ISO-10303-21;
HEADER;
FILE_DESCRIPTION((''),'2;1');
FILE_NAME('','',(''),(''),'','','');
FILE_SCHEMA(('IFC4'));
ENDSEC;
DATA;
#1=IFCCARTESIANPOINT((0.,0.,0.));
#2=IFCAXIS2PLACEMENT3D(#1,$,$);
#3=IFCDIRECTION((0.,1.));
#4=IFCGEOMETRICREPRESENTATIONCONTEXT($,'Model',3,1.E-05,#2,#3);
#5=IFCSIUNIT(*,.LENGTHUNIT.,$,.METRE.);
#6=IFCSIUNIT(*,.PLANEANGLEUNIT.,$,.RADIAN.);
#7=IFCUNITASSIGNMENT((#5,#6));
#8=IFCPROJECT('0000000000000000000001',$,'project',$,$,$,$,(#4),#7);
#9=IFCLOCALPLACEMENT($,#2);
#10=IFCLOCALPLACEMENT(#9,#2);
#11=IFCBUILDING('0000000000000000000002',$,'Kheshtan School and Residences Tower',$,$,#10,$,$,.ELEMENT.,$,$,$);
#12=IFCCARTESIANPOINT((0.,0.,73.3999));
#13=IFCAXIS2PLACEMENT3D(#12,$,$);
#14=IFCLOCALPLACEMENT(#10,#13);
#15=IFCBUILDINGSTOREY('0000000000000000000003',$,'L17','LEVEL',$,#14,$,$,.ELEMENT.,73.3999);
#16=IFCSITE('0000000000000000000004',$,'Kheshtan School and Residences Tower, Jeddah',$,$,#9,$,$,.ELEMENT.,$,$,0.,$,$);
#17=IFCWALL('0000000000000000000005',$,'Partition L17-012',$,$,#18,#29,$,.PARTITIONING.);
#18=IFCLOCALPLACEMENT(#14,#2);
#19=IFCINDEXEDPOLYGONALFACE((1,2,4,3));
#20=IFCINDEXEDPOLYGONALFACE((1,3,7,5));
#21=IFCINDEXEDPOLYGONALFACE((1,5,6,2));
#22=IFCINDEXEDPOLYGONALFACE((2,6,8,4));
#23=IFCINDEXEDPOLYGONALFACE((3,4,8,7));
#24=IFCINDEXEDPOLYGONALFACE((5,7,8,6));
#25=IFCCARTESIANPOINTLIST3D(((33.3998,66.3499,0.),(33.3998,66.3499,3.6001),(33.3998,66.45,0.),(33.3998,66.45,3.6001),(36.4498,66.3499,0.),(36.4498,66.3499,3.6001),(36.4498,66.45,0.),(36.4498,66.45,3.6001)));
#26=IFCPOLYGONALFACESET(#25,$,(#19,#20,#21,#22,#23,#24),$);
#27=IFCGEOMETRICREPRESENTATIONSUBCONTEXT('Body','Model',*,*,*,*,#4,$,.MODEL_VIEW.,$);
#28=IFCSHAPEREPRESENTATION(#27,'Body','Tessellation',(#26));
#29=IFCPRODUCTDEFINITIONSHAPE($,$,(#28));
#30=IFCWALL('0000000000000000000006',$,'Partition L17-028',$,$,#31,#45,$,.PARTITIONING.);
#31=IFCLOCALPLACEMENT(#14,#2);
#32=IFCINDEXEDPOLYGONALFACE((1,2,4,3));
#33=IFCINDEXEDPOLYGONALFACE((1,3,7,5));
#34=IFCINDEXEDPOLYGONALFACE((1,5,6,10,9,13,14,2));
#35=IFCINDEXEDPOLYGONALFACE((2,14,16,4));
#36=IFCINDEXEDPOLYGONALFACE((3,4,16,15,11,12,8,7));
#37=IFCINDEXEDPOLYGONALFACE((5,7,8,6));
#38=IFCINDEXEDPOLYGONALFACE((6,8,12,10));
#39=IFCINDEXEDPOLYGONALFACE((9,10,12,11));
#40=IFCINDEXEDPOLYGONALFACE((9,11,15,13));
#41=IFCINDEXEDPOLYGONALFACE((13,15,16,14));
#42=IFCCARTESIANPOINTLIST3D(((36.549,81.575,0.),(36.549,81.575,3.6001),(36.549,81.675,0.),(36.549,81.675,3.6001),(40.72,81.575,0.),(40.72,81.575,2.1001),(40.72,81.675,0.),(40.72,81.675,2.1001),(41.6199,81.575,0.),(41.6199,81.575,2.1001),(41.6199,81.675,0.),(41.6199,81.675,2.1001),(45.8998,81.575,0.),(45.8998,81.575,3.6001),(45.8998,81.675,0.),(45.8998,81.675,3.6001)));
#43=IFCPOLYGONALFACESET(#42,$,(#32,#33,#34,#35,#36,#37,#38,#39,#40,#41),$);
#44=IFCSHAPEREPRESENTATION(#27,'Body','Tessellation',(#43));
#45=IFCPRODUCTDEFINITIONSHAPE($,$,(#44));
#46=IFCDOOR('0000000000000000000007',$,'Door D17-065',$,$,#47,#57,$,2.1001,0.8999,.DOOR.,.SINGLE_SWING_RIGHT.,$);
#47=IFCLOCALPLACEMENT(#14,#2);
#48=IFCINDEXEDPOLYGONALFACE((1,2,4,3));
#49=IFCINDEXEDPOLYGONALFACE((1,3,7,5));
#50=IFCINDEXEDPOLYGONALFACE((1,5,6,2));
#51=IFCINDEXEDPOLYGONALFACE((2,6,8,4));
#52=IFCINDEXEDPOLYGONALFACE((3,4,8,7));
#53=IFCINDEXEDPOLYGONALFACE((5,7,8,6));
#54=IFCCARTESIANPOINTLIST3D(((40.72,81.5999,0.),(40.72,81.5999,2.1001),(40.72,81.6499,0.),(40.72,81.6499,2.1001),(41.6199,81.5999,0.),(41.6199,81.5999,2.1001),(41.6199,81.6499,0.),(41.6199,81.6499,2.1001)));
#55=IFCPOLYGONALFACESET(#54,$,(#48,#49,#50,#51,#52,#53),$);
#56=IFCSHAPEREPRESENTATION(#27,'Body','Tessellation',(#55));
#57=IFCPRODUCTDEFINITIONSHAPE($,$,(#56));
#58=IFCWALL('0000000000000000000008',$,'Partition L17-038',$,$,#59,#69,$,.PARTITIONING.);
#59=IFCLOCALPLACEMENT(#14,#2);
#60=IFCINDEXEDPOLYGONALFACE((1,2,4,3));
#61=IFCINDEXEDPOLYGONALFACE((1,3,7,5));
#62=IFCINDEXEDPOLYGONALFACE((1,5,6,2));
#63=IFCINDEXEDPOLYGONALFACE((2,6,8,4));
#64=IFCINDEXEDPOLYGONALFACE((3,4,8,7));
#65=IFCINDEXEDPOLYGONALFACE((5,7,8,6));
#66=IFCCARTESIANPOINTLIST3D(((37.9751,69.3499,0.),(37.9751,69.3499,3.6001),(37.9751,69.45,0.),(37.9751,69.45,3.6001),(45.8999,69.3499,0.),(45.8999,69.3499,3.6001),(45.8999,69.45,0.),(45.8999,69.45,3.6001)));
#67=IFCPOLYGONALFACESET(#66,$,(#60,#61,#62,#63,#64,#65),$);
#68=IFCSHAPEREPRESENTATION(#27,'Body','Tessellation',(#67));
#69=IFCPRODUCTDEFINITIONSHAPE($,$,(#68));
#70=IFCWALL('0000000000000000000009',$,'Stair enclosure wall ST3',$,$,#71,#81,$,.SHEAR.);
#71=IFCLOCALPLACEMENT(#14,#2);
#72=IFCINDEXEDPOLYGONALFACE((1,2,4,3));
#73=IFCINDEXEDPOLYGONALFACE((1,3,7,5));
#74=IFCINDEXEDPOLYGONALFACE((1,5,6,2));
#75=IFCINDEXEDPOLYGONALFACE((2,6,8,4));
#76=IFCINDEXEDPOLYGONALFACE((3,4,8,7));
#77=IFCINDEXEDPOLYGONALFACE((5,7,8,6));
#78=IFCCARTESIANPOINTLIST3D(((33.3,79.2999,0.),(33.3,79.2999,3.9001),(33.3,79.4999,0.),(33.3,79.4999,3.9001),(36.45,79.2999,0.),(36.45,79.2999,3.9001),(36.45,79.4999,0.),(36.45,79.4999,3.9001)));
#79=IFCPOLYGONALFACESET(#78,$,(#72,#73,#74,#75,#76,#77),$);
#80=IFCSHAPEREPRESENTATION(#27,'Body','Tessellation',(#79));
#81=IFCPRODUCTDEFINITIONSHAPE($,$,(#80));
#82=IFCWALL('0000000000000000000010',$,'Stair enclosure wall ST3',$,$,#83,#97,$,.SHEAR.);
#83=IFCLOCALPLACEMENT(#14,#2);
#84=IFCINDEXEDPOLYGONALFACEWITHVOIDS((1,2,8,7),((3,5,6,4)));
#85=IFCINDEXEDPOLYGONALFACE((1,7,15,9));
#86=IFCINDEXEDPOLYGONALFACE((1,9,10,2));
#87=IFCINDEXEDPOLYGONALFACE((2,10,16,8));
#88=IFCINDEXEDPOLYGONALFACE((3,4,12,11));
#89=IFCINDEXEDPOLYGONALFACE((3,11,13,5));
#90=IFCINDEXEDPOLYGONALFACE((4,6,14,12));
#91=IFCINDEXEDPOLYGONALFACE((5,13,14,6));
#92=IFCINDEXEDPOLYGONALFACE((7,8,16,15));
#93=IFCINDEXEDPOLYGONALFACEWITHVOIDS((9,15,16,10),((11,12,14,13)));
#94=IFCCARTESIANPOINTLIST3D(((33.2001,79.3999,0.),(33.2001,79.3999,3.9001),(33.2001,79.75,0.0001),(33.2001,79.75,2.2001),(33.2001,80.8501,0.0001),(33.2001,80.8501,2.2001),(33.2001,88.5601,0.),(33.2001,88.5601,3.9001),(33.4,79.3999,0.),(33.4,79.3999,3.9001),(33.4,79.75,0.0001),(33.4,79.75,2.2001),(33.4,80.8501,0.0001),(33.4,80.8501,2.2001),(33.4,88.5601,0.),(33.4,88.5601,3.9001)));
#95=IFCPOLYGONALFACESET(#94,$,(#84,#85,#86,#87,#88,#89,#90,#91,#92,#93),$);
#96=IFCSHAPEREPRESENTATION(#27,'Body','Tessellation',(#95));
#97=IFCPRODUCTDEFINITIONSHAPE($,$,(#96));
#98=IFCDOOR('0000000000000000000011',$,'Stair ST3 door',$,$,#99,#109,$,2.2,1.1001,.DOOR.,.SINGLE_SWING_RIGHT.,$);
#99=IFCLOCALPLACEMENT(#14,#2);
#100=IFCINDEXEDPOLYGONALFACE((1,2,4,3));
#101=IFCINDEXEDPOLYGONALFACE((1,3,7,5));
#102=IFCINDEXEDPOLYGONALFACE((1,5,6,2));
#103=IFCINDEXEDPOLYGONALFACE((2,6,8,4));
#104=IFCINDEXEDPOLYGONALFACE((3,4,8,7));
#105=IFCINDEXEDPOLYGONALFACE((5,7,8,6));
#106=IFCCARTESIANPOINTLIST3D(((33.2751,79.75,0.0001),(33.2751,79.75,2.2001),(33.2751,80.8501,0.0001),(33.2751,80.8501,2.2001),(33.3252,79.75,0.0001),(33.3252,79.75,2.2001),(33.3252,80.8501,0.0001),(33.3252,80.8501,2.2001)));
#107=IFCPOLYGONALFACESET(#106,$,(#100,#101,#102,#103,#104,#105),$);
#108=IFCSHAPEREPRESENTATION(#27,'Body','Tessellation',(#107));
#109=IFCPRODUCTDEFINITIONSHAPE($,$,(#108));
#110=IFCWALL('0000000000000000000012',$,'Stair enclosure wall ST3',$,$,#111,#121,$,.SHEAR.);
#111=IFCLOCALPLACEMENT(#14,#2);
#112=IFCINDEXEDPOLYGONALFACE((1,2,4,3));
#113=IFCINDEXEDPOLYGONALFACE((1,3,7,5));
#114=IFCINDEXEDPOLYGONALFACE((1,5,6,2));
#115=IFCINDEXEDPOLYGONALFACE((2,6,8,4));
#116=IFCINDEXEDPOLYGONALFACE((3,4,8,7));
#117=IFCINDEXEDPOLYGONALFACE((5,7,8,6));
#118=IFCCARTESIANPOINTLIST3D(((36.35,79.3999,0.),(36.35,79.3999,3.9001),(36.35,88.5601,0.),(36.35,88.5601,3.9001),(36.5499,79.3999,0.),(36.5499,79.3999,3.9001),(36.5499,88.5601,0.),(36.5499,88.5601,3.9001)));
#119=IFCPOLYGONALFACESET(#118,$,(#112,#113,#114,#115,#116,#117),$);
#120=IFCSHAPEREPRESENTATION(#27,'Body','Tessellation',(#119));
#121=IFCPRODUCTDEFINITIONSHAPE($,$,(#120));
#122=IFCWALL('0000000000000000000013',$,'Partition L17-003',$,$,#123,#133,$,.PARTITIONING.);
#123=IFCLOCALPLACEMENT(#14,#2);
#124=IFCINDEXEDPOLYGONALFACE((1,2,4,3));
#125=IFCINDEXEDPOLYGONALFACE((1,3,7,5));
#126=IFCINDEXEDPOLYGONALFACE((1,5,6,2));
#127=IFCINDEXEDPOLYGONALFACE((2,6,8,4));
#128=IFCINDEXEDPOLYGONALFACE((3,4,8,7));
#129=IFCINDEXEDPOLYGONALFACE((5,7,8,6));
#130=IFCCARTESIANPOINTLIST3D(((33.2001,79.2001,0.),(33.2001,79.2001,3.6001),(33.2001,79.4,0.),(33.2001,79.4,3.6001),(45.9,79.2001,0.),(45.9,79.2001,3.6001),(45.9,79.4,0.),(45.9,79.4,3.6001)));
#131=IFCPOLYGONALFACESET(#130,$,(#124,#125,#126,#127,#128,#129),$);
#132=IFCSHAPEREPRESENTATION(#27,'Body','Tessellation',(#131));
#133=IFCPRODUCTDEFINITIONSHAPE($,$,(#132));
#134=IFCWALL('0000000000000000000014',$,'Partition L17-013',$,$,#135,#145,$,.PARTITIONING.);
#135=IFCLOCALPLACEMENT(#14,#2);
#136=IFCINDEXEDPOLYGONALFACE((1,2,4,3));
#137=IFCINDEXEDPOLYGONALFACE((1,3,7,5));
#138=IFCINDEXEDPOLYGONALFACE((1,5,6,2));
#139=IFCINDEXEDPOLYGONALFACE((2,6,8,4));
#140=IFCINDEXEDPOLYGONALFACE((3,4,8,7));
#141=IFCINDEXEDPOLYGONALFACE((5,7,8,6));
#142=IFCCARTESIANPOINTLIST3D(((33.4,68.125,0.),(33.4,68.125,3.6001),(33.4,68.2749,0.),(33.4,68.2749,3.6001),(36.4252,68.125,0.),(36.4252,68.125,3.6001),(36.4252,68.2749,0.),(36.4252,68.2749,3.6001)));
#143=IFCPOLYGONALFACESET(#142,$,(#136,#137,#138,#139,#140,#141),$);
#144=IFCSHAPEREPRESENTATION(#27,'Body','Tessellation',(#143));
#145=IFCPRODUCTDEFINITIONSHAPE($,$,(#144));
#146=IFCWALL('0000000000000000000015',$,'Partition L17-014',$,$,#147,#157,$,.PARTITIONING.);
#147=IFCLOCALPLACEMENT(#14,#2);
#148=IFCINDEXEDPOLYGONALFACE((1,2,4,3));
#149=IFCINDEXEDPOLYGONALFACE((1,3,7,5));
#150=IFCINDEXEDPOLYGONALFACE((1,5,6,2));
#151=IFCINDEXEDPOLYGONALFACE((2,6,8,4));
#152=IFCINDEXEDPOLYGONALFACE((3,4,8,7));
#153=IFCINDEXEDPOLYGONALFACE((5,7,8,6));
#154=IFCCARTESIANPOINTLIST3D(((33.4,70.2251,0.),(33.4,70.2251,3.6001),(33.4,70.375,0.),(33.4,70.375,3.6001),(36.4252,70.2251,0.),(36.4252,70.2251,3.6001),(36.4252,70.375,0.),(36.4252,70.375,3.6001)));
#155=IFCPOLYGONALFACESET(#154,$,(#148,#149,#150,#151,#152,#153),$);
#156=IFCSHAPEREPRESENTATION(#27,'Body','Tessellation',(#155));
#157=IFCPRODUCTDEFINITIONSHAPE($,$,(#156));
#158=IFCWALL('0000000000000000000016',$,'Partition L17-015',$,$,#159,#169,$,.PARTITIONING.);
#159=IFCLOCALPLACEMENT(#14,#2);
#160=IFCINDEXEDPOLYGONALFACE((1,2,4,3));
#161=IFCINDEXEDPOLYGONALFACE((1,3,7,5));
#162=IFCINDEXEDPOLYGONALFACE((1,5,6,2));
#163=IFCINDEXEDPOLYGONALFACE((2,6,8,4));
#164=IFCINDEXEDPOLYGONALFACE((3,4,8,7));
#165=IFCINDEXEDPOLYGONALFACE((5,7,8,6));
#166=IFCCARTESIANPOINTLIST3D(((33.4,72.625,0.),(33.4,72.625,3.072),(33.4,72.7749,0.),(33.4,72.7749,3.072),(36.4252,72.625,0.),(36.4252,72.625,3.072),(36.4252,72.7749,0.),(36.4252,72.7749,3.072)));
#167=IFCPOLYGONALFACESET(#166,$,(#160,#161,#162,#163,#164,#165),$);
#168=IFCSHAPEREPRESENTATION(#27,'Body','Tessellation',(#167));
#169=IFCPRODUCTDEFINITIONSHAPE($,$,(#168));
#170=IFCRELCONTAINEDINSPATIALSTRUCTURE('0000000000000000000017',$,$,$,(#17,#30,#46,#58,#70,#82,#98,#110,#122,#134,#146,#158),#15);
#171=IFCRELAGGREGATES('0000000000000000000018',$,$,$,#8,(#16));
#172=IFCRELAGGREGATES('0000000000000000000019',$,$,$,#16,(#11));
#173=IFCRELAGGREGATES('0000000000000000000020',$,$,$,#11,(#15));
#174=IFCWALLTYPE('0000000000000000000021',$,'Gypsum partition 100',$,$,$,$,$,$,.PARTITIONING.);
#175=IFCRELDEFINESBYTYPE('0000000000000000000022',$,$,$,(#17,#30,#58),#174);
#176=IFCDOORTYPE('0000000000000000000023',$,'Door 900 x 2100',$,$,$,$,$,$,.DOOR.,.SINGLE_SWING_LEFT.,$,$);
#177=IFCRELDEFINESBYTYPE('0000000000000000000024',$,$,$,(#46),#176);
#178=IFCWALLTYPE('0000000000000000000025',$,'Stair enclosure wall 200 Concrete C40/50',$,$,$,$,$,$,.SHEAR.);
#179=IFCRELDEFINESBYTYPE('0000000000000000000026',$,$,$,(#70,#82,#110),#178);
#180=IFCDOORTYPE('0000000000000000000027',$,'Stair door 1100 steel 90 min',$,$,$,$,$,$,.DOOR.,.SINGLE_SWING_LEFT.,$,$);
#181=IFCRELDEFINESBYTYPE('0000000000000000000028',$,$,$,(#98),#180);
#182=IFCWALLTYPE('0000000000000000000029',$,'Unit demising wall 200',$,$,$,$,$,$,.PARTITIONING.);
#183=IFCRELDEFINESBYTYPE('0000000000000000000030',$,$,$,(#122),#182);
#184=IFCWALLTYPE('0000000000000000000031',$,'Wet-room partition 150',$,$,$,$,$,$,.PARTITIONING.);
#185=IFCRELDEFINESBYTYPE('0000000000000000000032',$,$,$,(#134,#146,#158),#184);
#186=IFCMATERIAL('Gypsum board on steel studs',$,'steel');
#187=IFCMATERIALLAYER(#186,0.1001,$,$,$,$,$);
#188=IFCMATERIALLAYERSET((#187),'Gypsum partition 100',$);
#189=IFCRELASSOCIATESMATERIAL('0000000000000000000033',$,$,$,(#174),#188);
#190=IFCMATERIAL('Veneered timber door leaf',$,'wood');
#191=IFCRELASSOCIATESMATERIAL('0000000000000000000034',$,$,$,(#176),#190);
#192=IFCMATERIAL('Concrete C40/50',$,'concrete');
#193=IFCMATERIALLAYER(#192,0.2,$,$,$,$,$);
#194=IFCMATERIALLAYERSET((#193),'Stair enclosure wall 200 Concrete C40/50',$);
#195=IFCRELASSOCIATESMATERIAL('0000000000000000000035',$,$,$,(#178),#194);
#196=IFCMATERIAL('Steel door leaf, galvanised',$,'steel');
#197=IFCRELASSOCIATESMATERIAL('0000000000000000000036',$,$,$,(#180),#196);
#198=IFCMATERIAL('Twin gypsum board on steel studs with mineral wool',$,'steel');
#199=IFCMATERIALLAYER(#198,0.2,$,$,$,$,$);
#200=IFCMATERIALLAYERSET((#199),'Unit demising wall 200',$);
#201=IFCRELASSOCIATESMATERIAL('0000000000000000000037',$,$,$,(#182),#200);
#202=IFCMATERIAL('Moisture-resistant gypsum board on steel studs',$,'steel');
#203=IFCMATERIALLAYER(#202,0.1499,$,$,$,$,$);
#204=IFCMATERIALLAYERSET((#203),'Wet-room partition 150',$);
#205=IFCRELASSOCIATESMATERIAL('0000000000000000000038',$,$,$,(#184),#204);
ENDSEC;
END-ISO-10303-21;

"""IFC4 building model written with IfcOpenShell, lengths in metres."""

from ifc_helpers import new_model, si_unit, direction, frame, frame_2d, origin, place, context, subcontext, project, spatial, rectangle, extrude, source, transform, mapped, material, layer, layer_set, type_object, element, fill, save


model = new_model("IFC4")

# Units and contexts
model_context = context("Model", 3, precision=1e-05, world=origin(), true_north=direction((0.0, 1.0)))
body_context = subcontext(model_context, "Body", "Model", "MODEL_VIEW")
ifc_project = project(units=[si_unit("LENGTHUNIT", "METRE"), si_unit("PLANEANGLEUNIT", "RADIAN")], contexts=[model_context])

# Site, building, storey
site_placement = place(None, origin())
site = spatial("IfcSite", under=ifc_project, at=site_placement, Name="Kheshtan School and Residences Tower, Jeddah", CompositionType="ELEMENT", RefElevation=0.0)
building_placement = place(site_placement, origin())
building = spatial("IfcBuilding", under=site, at=building_placement, Name="Kheshtan School and Residences Tower", CompositionType="ELEMENT")
storey_placement = place(building_placement, frame((0.0, 0.0, 73.3999)))
storey = spatial("IfcBuildingStorey", under=building, at=storey_placement, Name="L17", Description="LEVEL", CompositionType="ELEMENT", Elevation=73.3999)

# Wall
ifc_material_1 = material(Name="Gypsum board on steel studs", Category="steel")
ifc_layer_1 = layer(ifc_material_1, 0.1001)
ifc_layer_set_1 = layer_set([ifc_layer_1], Name="Gypsum partition 100")
wall_type_1 = type_object("IfcWallType", Name="Gypsum partition 100", PredefinedType="PARTITIONING", material=ifc_layer_set_1)
wall_1_placement = place(storey_placement, frame((33.3999, 66.3999, 0.0), z_axis=(0.0, 0.0, 1.0), x_axis=(1.0, 0.0, 0.0)))
element("IfcWall", 1, at=wall_1_placement, inside=storey, type_object=wall_type_1, Name="Partition L17-012", PredefinedType="PARTITIONING", context=body_context, shape_type="SweptSolid", body=[
    extrude(rectangle(XDim=3.05, YDim=0.1001, at=frame_2d((1.5249, 0.0))), origin(), (0.0, 0.0, 1.0), 3.6001),
])

# Wall, opening, door
wall_2_placement = place(storey_placement, frame((36.5491, 81.625, 0.0), z_axis=(0.0, 0.0, 1.0), x_axis=(1.0, 0.0, 0.0)))
wall_2 = element("IfcWall", 2, at=wall_2_placement, inside=storey, type_object=wall_type_1, Name="Partition L17-028", PredefinedType="PARTITIONING", context=body_context, shape_type="SweptSolid", body=[
    extrude(rectangle(XDim=9.3508, YDim=0.1001, at=frame_2d((4.6753, 0.0))), origin(), (0.0, 0.0, 1.0), 3.6001),
])
opening_1_placement = place(wall_2_placement, frame((4.1709, 0.0, 0.0)))
opening_1 = element("IfcOpeningElement", 3, at=opening_1_placement, cuts=wall_2, PredefinedType="OPENING", context=body_context, shape_type="SweptSolid", body=[
    extrude(rectangle(XDim=0.8999, YDim=2.1001, at=frame_2d((0.45, 1.05))), frame((0.0, 0.0601, 0.0), z_axis=(0.0, -1.0, 0.0), x_axis=(1.0, 0.0, 0.0)), (0.0, 0.0, 1.0), 0.1201),
])
ifc_material_2 = material(Name="Veneered timber door leaf", Category="wood")
door_type_1 = type_object("IfcDoorType", Name="Door 900 x 2100", OperationType="SINGLE_SWING_LEFT", PredefinedType="DOOR", material=ifc_material_2)
shared_shape_1 = source(origin(), body_context, "Body", "SweptSolid", [
    extrude(rectangle(XDim=0.8999, YDim=2.1001, at=frame_2d((0.45, 1.05))), frame((0.0, 0.0249, 0.0), z_axis=(0.0, -1.0, 0.0), x_axis=(1.0, 0.0, 0.0)), (0.0, 0.0, 1.0), 0.05),
])
door_1_placement = place(opening_1_placement, origin())
door_1 = element("IfcDoor", 4, at=door_1_placement, inside=storey, type_object=door_type_1, Name="Door D17-065", OperationType="SINGLE_SWING_RIGHT", OverallHeight=2.1001, OverallWidth=0.8999, PredefinedType="DOOR", context=body_context, shape_type="MappedRepresentation", body=[
    mapped(shared_shape_1, transform((0.0, 0.0, 0.0), x_axis=(1.0, 0.0, 0.0), y_axis=(0.0, 1.0, 0.0), z_axis=(0.0, 0.0, 1.0), scale=1.0)),
])
fill(opening_1, door_1)

# Walls
wall_3_placement = place(storey_placement, frame((37.9751, 69.3999, 0.0), z_axis=(0.0, 0.0, 1.0), x_axis=(1.0, 0.0, 0.0)))
element("IfcWall", 5, at=wall_3_placement, inside=storey, type_object=wall_type_1, Name="Partition L17-038", PredefinedType="PARTITIONING", context=body_context, shape_type="SweptSolid", body=[
    extrude(rectangle(XDim=7.9248, YDim=0.1001, at=frame_2d((3.9624, 0.0))), origin(), (0.0, 0.0, 1.0), 3.6001),
])
ifc_material_3 = material(Name="Concrete C40/50", Category="concrete")
ifc_layer_2 = layer(ifc_material_3, 0.2)
ifc_layer_set_2 = layer_set([ifc_layer_2], Name="Stair enclosure wall 200 Concrete C40/50")
wall_type_2 = type_object("IfcWallType", Name="Stair enclosure wall 200 Concrete C40/50", PredefinedType="SHEAR", material=ifc_layer_set_2)
wall_4_placement = place(storey_placement, frame((33.3, 79.3999, 0.0), z_axis=(0.0, 0.0, 1.0), x_axis=(1.0, 0.0, 0.0)))
element("IfcWall", 6, at=wall_4_placement, inside=storey, type_object=wall_type_2, Name="Stair enclosure wall ST3", PredefinedType="SHEAR", context=body_context, shape_type="SweptSolid", body=[
    extrude(rectangle(XDim=3.1499, YDim=0.2, at=frame_2d((1.575, 0.0))), origin(), (0.0, 0.0, 1.0), 3.9001),
])

# Wall, opening, door
wall_5_placement = place(storey_placement, frame((33.3, 79.3999, 0.0), z_axis=(0.0, 0.0, 1.0), x_axis=(0.0, 1.0, 0.0)))
wall_5 = element("IfcWall", 7, at=wall_5_placement, inside=storey, type_object=wall_type_2, Name="Stair enclosure wall ST3", PredefinedType="SHEAR", context=body_context, shape_type="SweptSolid", body=[
    extrude(rectangle(XDim=9.1602, YDim=0.2, at=frame_2d((4.5801, 0.0))), origin(), (0.0, 0.0, 1.0), 3.9001),
])
opening_2_placement = place(wall_5_placement, frame((0.3501, 0.0, 0.0)))
opening_2 = element("IfcOpeningElement", 8, at=opening_2_placement, cuts=wall_5, PredefinedType="OPENING", context=body_context, shape_type="SweptSolid", body=[
    extrude(rectangle(XDim=1.1001, YDim=2.2, at=frame_2d((0.55, 1.1001))), frame((0.0, 0.1099, 0.0), z_axis=(0.0, -1.0, 0.0), x_axis=(1.0, 0.0, 0.0)), (0.0, 0.0, 1.0), 0.22),
])
ifc_material_4 = material(Name="Steel door leaf, galvanised", Category="steel")
door_type_2 = type_object("IfcDoorType", Name="Stair door 1100 steel 90 min", OperationType="SINGLE_SWING_LEFT", PredefinedType="DOOR", material=ifc_material_4)
shared_shape_2 = source(origin(), body_context, "Body", "SweptSolid", [
    extrude(rectangle(XDim=1.1001, YDim=2.2, at=frame_2d((0.55, 1.1001))), frame((0.0, 0.0249, 0.0), z_axis=(0.0, -1.0, 0.0), x_axis=(1.0, 0.0, 0.0)), (0.0, 0.0, 1.0), 0.05),
])
door_2_placement = place(opening_2_placement, origin())
door_2 = element("IfcDoor", 9, at=door_2_placement, inside=storey, type_object=door_type_2, Name="Stair ST3 door", OperationType="SINGLE_SWING_RIGHT", OverallHeight=2.2, OverallWidth=1.1001, PredefinedType="DOOR", context=body_context, shape_type="MappedRepresentation", body=[
    mapped(shared_shape_2, transform((0.0, 0.0, 0.0), x_axis=(1.0, 0.0, 0.0), y_axis=(0.0, 1.0, 0.0), z_axis=(0.0, 0.0, 1.0), scale=1.0)),
])
fill(opening_2, door_2)

# Walls
wall_6_placement = place(storey_placement, frame((36.45, 79.3999, 0.0), z_axis=(0.0, 0.0, 1.0), x_axis=(0.0, 1.0, 0.0)))
element("IfcWall", 10, at=wall_6_placement, inside=storey, type_object=wall_type_2, Name="Stair enclosure wall ST3", PredefinedType="SHEAR", context=body_context, shape_type="SweptSolid", body=[
    extrude(rectangle(XDim=9.1602, YDim=0.2, at=frame_2d((4.5801, 0.0))), origin(), (0.0, 0.0, 1.0), 3.9001),
])
ifc_material_5 = material(Name="Twin gypsum board on steel studs with mineral wool", Category="steel")
ifc_layer_3 = layer(ifc_material_5, 0.2)
ifc_layer_set_3 = layer_set([ifc_layer_3], Name="Unit demising wall 200")
wall_type_3 = type_object("IfcWallType", Name="Unit demising wall 200", PredefinedType="PARTITIONING", material=ifc_layer_set_3)
wall_7_placement = place(storey_placement, frame((33.2, 79.3, 0.0), z_axis=(0.0, 0.0, 1.0), x_axis=(1.0, 0.0, 0.0)))
element("IfcWall", 11, at=wall_7_placement, inside=storey, type_object=wall_type_3, Name="Partition L17-003", PredefinedType="PARTITIONING", context=body_context, shape_type="SweptSolid", body=[
    extrude(rectangle(XDim=12.7, YDim=0.2, at=frame_2d((6.3501, 0.0))), origin(), (0.0, 0.0, 1.0), 3.6001),
])
ifc_material_6 = material(Name="Moisture-resistant gypsum board on steel studs", Category="steel")
ifc_layer_4 = layer(ifc_material_6, 0.1499)
ifc_layer_set_4 = layer_set([ifc_layer_4], Name="Wet-room partition 150")
wall_type_4 = type_object("IfcWallType", Name="Wet-room partition 150", PredefinedType="PARTITIONING", material=ifc_layer_set_4)
for number, where, z_axis, x_axis, name in (
    (12, (33.3999, 68.2, 0.0), (0.0, 0.0, 1.0), (1.0, 0.0, 0.0), "Partition L17-013"),
    (13, (33.3999, 70.3, 0.0), (0.0, 0.0, 1.0), (1.0, 0.0, 0.0), "Partition L17-014"),
):
    element("IfcWall", number, at=place(storey_placement, frame(where, z_axis=z_axis, x_axis=x_axis)), inside=storey, type_object=wall_type_4, Name=name, PredefinedType="PARTITIONING", context=body_context, shape_type="SweptSolid", body=[
        extrude(rectangle(XDim=3.0251, YDim=0.1499, at=frame_2d((1.5127, 0.0))), origin(), (0.0, 0.0, 1.0), 3.6001),
    ])
wall_8_placement = place(storey_placement, frame((33.3999, 72.7, 0.0), z_axis=(0.0, 0.0, 1.0), x_axis=(1.0, 0.0, 0.0)))
element("IfcWall", 14, at=wall_8_placement, inside=storey, type_object=wall_type_4, Name="Partition L17-015", PredefinedType="PARTITIONING", context=body_context, shape_type="SweptSolid", body=[
    extrude(rectangle(XDim=3.0251, YDim=0.1499, at=frame_2d((1.5127, 0.0))), origin(), (0.0, 0.0, 1.0), 3.072),
])

save(model, "model.ifc")
